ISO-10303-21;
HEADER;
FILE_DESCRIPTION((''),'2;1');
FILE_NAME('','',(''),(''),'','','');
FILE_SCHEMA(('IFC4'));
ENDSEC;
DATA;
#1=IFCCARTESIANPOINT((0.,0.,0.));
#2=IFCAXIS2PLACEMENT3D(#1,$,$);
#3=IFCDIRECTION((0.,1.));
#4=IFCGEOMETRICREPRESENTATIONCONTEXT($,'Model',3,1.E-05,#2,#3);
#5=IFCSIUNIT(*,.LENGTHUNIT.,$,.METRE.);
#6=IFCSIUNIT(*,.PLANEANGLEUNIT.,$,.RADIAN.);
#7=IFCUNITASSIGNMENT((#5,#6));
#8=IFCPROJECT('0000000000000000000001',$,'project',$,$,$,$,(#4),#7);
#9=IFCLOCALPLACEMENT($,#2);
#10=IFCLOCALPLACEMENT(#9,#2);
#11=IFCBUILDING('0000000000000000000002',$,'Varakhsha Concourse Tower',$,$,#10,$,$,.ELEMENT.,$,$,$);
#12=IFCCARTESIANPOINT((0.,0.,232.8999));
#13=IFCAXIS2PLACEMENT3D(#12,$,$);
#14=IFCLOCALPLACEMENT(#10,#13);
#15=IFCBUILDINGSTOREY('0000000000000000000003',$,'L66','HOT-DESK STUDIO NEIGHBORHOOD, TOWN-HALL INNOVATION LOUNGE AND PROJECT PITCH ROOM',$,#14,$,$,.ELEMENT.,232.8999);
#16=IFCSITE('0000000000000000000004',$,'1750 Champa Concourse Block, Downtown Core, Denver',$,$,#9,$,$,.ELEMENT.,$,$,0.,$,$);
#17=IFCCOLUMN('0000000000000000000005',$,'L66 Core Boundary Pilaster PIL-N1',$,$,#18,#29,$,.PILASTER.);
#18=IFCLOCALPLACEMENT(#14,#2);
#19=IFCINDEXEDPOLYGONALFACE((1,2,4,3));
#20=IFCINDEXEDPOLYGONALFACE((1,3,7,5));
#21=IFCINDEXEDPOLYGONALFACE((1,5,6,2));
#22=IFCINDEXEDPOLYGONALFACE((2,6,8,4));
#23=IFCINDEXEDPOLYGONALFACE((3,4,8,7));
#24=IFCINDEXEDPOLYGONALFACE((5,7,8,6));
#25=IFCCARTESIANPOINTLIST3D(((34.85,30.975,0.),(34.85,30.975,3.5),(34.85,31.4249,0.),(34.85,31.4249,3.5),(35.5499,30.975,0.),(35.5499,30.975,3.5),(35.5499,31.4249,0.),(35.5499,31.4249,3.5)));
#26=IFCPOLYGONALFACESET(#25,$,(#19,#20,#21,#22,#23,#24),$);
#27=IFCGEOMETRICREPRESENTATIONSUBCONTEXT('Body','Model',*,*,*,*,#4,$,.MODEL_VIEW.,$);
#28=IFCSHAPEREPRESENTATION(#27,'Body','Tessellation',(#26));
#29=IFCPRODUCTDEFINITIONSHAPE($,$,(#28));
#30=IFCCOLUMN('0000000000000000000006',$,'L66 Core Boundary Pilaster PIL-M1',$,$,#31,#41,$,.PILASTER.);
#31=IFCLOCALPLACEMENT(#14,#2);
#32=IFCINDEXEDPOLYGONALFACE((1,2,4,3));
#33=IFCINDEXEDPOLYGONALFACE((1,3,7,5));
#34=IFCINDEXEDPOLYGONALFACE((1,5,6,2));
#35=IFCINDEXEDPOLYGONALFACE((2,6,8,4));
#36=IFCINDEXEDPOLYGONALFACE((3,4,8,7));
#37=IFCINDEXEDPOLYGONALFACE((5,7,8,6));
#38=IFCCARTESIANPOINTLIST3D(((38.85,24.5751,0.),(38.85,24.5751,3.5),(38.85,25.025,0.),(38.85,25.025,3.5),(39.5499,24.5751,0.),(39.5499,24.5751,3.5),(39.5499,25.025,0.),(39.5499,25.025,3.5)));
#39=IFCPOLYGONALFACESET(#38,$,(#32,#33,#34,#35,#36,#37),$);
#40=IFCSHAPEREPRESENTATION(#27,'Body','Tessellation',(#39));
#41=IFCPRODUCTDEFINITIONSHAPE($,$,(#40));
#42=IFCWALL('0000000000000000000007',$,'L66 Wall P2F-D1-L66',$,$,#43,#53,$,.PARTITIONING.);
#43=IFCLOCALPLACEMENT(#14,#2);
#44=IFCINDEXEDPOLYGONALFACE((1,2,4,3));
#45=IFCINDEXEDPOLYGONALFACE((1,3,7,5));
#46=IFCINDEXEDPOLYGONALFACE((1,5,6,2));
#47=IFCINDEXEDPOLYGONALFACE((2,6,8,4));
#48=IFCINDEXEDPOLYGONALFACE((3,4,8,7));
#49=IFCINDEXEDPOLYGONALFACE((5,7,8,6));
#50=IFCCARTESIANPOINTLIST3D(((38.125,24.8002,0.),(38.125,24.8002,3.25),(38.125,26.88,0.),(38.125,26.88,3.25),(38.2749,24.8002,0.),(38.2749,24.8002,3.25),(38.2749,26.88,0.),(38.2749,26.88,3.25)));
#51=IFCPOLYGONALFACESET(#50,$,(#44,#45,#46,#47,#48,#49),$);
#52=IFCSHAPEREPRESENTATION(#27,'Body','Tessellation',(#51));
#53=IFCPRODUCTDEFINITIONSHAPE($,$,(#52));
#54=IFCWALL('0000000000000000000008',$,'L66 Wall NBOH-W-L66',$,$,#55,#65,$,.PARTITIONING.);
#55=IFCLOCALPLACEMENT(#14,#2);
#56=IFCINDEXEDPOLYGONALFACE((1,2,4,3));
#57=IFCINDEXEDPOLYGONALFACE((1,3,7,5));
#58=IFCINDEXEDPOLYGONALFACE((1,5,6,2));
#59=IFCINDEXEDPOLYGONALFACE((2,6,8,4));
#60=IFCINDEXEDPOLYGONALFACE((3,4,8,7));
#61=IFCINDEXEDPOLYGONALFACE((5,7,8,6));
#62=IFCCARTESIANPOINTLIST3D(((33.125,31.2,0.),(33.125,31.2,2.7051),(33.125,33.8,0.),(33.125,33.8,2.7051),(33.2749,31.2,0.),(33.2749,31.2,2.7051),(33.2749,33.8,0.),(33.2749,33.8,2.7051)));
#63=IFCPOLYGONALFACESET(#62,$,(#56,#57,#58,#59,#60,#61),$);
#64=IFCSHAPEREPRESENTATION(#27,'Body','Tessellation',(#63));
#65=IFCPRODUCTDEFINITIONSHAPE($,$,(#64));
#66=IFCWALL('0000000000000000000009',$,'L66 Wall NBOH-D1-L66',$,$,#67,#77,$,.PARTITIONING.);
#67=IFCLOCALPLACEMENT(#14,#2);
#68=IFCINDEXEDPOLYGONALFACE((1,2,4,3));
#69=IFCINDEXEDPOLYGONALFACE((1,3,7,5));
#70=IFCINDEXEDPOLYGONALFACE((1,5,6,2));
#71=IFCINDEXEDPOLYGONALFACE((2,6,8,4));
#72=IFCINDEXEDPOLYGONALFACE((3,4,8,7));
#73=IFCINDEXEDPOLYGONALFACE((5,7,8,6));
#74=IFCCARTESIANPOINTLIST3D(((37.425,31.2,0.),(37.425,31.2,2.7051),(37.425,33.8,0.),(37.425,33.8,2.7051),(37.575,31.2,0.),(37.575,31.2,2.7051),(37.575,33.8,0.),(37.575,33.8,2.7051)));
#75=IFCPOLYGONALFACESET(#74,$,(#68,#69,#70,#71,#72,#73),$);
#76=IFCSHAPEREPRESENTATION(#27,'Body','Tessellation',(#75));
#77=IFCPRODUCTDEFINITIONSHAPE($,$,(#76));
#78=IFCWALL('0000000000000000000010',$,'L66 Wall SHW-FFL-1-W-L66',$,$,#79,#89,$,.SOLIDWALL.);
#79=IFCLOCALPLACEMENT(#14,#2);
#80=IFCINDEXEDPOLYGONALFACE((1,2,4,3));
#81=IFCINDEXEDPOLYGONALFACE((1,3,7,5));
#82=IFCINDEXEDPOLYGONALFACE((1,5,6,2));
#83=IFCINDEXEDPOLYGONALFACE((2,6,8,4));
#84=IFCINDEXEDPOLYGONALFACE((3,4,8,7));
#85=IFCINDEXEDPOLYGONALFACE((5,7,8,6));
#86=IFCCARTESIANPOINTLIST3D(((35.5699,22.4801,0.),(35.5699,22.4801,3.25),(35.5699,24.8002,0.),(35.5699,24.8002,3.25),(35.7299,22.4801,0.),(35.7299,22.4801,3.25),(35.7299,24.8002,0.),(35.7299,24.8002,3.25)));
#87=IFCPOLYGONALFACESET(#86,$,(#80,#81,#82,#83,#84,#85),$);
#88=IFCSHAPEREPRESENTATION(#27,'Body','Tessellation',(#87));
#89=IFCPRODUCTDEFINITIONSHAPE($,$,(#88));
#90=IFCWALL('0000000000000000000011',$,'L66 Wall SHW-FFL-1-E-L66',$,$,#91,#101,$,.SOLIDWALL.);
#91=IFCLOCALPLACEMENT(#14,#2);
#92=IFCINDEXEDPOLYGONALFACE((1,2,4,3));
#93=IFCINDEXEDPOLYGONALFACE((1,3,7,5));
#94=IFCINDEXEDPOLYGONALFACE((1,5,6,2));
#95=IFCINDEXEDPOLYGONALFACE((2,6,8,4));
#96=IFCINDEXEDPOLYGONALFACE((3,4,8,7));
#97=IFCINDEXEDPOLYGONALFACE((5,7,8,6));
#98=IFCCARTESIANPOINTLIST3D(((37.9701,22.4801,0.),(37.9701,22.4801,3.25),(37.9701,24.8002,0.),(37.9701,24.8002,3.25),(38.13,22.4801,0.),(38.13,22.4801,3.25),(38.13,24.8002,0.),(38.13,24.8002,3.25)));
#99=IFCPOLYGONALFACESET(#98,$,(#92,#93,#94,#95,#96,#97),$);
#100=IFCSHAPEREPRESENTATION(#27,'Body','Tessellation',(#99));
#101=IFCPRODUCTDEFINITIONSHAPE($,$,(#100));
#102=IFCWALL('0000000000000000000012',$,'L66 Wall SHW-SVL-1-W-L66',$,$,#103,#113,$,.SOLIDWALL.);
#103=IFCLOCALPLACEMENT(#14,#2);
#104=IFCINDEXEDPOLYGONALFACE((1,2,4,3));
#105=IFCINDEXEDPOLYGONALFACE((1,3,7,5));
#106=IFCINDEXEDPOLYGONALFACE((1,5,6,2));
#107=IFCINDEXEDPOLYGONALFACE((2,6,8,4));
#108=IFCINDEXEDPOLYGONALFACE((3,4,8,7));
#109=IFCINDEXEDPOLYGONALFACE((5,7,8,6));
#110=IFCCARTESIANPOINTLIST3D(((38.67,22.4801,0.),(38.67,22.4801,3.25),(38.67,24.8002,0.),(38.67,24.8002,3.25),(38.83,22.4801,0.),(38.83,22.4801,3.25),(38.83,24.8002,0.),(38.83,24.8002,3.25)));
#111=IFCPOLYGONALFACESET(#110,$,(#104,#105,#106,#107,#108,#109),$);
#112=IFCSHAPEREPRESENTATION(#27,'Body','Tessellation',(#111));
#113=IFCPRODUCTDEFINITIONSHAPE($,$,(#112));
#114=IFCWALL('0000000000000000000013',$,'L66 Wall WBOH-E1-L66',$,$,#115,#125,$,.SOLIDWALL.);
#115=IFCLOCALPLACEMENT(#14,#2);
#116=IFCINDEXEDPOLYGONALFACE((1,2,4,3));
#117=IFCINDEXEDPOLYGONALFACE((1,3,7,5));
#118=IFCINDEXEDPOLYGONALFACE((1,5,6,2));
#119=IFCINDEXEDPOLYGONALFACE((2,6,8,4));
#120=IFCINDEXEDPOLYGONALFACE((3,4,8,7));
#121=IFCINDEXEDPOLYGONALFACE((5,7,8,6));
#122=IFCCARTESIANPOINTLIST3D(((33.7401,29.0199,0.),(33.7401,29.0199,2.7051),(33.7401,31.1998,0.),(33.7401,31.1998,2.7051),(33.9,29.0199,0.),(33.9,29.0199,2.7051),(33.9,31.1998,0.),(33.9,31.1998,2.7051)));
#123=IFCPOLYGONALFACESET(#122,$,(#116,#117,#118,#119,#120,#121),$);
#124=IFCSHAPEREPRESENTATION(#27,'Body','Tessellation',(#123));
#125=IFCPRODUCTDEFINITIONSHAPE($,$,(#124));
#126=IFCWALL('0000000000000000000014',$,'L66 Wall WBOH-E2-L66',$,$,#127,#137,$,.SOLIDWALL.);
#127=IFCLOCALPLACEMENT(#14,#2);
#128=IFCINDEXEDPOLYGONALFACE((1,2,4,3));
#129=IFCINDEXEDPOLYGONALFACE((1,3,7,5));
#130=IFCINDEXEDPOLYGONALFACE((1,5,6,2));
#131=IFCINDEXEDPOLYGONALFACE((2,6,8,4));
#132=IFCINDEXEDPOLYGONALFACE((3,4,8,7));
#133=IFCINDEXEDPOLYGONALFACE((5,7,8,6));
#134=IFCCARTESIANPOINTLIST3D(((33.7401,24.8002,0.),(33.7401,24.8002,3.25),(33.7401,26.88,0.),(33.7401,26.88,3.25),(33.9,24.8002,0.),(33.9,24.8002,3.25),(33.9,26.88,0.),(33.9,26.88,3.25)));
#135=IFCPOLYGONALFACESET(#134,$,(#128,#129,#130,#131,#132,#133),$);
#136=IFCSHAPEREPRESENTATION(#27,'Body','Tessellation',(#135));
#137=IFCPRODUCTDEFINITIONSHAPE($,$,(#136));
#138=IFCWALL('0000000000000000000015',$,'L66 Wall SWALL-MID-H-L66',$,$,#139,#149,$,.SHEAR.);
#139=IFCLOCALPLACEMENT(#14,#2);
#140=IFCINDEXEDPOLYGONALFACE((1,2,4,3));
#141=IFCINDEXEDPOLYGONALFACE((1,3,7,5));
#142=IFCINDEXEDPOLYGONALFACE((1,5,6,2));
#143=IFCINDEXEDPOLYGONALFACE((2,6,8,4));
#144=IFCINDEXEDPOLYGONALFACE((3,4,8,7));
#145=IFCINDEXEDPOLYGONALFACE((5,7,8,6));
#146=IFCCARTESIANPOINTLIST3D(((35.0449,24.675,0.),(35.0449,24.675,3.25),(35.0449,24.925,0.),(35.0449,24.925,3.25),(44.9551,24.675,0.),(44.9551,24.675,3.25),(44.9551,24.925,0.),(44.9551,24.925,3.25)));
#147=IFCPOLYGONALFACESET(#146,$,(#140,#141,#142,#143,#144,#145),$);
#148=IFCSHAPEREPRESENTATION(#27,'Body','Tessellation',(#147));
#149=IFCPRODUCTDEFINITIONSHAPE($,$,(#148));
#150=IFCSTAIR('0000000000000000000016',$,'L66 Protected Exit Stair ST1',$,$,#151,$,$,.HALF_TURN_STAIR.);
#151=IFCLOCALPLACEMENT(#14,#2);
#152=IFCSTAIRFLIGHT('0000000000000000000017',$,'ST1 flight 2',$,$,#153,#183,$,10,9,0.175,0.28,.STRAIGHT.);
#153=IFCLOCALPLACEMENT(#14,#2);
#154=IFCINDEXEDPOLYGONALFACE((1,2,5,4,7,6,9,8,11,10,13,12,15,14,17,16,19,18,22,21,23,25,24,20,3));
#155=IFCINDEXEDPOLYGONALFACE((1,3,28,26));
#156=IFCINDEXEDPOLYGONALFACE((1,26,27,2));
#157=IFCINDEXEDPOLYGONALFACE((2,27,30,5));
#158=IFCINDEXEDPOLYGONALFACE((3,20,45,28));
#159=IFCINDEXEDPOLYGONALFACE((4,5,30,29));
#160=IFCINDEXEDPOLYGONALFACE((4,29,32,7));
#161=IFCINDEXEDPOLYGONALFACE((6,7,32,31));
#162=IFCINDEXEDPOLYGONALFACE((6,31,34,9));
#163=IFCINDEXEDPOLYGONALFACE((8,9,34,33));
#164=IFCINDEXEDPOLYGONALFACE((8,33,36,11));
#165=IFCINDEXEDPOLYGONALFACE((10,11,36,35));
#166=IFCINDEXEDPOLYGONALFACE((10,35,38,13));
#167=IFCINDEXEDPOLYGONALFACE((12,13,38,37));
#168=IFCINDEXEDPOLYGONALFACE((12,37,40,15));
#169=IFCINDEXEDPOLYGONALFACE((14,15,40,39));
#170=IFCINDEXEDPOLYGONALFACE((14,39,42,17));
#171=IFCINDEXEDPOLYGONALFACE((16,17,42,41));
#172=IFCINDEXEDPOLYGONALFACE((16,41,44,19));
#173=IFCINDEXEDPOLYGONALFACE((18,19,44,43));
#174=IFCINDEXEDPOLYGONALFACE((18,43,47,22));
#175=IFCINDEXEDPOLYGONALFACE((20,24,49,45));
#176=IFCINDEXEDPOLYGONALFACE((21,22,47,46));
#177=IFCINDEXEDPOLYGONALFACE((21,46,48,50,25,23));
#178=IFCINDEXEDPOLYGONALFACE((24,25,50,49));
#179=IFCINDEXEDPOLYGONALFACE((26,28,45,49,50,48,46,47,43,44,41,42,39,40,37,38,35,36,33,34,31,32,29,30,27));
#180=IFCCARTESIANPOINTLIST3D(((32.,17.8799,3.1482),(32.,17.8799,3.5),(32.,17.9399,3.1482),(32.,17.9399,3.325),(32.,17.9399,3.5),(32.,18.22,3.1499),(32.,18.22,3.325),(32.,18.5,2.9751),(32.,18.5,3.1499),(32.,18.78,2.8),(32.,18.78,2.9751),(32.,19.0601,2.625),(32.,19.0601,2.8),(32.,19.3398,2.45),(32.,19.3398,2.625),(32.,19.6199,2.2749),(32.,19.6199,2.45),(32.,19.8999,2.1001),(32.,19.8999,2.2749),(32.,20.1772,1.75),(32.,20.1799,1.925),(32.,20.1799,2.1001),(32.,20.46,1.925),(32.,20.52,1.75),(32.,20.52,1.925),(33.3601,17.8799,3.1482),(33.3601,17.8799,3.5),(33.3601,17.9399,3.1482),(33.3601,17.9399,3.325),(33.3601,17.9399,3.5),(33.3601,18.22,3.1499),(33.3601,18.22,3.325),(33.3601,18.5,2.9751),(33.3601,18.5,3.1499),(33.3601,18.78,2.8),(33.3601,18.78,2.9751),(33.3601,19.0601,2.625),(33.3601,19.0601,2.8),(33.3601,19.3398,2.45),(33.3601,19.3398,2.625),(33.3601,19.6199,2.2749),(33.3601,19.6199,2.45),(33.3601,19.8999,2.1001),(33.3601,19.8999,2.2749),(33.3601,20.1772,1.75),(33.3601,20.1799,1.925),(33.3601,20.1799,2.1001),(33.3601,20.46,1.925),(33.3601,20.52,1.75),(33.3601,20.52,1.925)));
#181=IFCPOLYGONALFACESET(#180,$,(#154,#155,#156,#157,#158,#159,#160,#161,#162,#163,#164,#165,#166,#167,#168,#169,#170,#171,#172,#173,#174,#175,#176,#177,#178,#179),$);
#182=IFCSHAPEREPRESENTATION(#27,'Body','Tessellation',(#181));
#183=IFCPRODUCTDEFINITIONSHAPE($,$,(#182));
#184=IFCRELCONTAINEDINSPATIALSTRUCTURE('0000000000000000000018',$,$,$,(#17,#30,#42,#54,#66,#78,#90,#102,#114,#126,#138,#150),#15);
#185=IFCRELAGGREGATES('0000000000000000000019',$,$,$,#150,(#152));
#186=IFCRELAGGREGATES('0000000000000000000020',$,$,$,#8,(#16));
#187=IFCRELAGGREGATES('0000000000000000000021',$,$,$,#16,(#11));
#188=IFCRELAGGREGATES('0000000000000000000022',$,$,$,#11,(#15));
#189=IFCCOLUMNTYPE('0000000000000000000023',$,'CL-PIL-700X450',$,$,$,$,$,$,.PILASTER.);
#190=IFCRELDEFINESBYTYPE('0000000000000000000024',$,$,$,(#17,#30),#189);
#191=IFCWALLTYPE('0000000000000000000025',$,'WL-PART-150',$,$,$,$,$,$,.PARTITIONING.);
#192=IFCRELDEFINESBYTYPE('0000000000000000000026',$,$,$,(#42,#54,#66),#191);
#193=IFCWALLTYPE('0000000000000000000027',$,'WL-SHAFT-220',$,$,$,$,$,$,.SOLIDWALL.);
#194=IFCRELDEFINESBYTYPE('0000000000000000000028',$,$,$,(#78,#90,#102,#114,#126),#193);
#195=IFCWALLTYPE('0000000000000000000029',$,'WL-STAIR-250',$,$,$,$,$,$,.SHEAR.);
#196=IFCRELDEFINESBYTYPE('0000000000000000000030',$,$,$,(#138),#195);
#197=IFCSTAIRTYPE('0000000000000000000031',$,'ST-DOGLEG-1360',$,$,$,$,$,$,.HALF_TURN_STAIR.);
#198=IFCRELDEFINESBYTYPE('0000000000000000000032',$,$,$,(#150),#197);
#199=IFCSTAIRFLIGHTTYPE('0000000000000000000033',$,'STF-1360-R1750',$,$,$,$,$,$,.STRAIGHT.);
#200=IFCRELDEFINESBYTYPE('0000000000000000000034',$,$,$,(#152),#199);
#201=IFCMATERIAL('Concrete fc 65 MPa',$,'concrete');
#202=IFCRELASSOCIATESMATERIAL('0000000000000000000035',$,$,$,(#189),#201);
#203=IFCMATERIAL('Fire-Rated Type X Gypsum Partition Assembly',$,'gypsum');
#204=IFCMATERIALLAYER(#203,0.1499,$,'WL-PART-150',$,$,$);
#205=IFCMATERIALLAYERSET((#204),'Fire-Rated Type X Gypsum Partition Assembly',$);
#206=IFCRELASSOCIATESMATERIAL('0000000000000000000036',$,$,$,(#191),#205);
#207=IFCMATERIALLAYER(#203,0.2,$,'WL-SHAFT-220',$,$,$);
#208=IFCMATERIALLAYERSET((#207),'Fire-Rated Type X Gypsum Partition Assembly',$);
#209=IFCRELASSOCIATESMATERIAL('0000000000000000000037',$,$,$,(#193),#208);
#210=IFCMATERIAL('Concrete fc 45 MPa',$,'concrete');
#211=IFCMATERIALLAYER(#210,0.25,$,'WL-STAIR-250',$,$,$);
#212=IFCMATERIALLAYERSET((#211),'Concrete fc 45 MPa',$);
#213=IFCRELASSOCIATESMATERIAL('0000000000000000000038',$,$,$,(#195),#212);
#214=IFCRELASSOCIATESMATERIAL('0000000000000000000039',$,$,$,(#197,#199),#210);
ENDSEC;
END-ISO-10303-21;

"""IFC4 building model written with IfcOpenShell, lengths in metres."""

from ifc_helpers import new_model, si_unit, direction, frame, frame_2d, origin, origin_2d, place, context, subcontext, project, spatial, polyline, rectangle, outline, extrude, material, layer, layer_set, material_profile, profile_set, type_object, element, aggregate, save


model = new_model("IFC4")

# Units and contexts
model_context = context("Model", 3, precision=1e-05, world=origin(), true_north=direction((0.0, 1.0)))
body_context = subcontext(model_context, "Body", "Model", "MODEL_VIEW")
ifc_project = project(units=[si_unit("LENGTHUNIT", "METRE"), si_unit("PLANEANGLEUNIT", "RADIAN")], contexts=[model_context])

# Site, building, storey
site_placement = place(None, origin())
site = spatial("IfcSite", under=ifc_project, at=site_placement, Name="1750 Champa Concourse Block, Downtown Core, Denver", CompositionType="ELEMENT", RefElevation=0.0)
building_placement = place(site_placement, origin())
building = spatial("IfcBuilding", under=site, at=building_placement, Name="Varakhsha Concourse Tower", CompositionType="ELEMENT")
storey_placement = place(building_placement, frame((0.0, 0.0, 232.8999)))
storey = spatial("IfcBuildingStorey", under=building, at=storey_placement, Name="L66", Description="HOT-DESK STUDIO NEIGHBORHOOD, TOWN-HALL INNOVATION LOUNGE AND PROJECT PITCH ROOM", CompositionType="ELEMENT", Elevation=232.8999)

# Columns
ifc_material_1 = material(Name="Concrete fc 65 MPa", Category="concrete")
ifc_material_profile = material_profile(ifc_material_1, rectangle(XDim=0.7, YDim=0.45, at=origin_2d()), Name="RC 700x450")
ifc_profile_set = profile_set([ifc_material_profile], Name="Concrete fc 65 MPa")
column_type = type_object("IfcColumnType", Name="CL-PIL-700X450", PredefinedType="PILASTER", material=ifc_profile_set)
for number, where, z_axis, x_axis, name in (
    (1, (35.2, 31.2, 0.0), (0.0, 0.0, 1.0), (1.0, 0.0, 0.0), "L66 Core Boundary Pilaster PIL-N1"),
    (2, (39.2, 24.8, 0.0), (0.0, 0.0, 1.0), (1.0, 0.0, 0.0), "L66 Core Boundary Pilaster PIL-M1"),
):
    element("IfcColumn", number, at=place(storey_placement, frame(where, z_axis=z_axis, x_axis=x_axis)), inside=storey, type_object=column_type, Name=name, PredefinedType="PILASTER", context=body_context, shape_type="SweptSolid", body=[
        extrude(rectangle(XDim=0.7, YDim=0.45, at=origin_2d()), origin(), (0.0, 0.0, 1.0), 3.5),
    ])

# Walls
ifc_material_2 = material(Name="Fire-Rated Type X Gypsum Partition Assembly", Category="gypsum")
ifc_layer_1 = layer(ifc_material_2, 0.1499, Name="WL-PART-150")
ifc_layer_set_1 = layer_set([ifc_layer_1], Name="Fire-Rated Type X Gypsum Partition Assembly")
wall_type_1 = type_object("IfcWallType", Name="WL-PART-150", PredefinedType="PARTITIONING", material=ifc_layer_set_1)
wall_1_placement = place(storey_placement, frame((38.2, 24.8, 0.0), z_axis=(0.0, 0.0, 1.0), x_axis=(0.0, 1.0, 0.0)))
element("IfcWall", 3, at=wall_1_placement, inside=storey, type_object=wall_type_1, Name="L66 Wall P2F-D1-L66", PredefinedType="PARTITIONING", context=body_context, shape_type="SweptSolid", body=[
    extrude(rectangle(XDim=2.0798, YDim=0.1499, at=frame_2d((1.04, 0.0))), origin(), (0.0, 0.0, 1.0), 3.25),
])
for number, where, z_axis, x_axis, name in (
    (4, (33.2, 31.2, 0.0), (0.0, 0.0, 1.0), (0.0, 1.0, 0.0), "L66 Wall NBOH-W-L66"),
    (5, (37.5, 31.2, 0.0), (0.0, 0.0, 1.0), (0.0, 1.0, 0.0), "L66 Wall NBOH-D1-L66"),
):
    element("IfcWall", number, at=place(storey_placement, frame(where, z_axis=z_axis, x_axis=x_axis)), inside=storey, type_object=wall_type_1, Name=name, PredefinedType="PARTITIONING", context=body_context, shape_type="SweptSolid", body=[
        extrude(rectangle(XDim=2.6001, YDim=0.1499, at=frame_2d((1.3, 0.0))), origin(), (0.0, 0.0, 1.0), 2.7051),
    ])

# Shared definitions
ifc_layer_2 = layer(ifc_material_2, 0.2, Name="WL-SHAFT-220")
ifc_layer_set_2 = layer_set([ifc_layer_2], Name="Fire-Rated Type X Gypsum Partition Assembly")
wall_type_2 = type_object("IfcWallType", Name="WL-SHAFT-220", PredefinedType="SOLIDWALL", material=ifc_layer_set_2)

# Walls
for number, where, z_axis, x_axis, name in (
    (6, (35.6499, 22.48, 0.0), (0.0, 0.0, 1.0), (0.0, 1.0, 0.0), "L66 Wall SHW-FFL-1-W-L66"),
    (7, (38.05, 22.48, 0.0), (0.0, 0.0, 1.0), (0.0, 1.0, 0.0), "L66 Wall SHW-FFL-1-E-L66"),
    (8, (38.75, 22.48, 0.0), (0.0, 0.0, 1.0), (0.0, 1.0, 0.0), "L66 Wall SHW-SVL-1-W-L66"),
):
    element("IfcWall", number, at=place(storey_placement, frame(where, z_axis=z_axis, x_axis=x_axis)), inside=storey, type_object=wall_type_2, Name=name, PredefinedType="SOLIDWALL", context=body_context, shape_type="SweptSolid", body=[
        extrude(rectangle(XDim=2.3201, YDim=0.1599, at=frame_2d((1.1602, 0.0))), origin(), (0.0, 0.0, 1.0), 3.25),
    ])

# Walls
wall_2_placement = place(storey_placement, frame((33.8201, 29.02, 0.0), z_axis=(0.0, 0.0, 1.0), x_axis=(0.0, 1.0, 0.0)))
element("IfcWall", 9, at=wall_2_placement, inside=storey, type_object=wall_type_2, Name="L66 Wall WBOH-E1-L66", PredefinedType="SOLIDWALL", context=body_context, shape_type="SweptSolid", body=[
    extrude(rectangle(XDim=2.1799, YDim=0.1599, at=frame_2d((1.0898, 0.0))), origin(), (0.0, 0.0, 1.0), 2.7051),
])
wall_3_placement = place(storey_placement, frame((33.8201, 24.8, 0.0), z_axis=(0.0, 0.0, 1.0), x_axis=(0.0, 1.0, 0.0)))
element("IfcWall", 10, at=wall_3_placement, inside=storey, type_object=wall_type_2, Name="L66 Wall WBOH-E2-L66", PredefinedType="SOLIDWALL", context=body_context, shape_type="SweptSolid", body=[
    extrude(rectangle(XDim=2.0798, YDim=0.1599, at=frame_2d((1.04, 0.0))), origin(), (0.0, 0.0, 1.0), 3.25),
])
ifc_material_3 = material(Name="Concrete fc 45 MPa", Category="concrete")
ifc_layer_3 = layer(ifc_material_3, 0.25, Name="WL-STAIR-250")
ifc_layer_set_3 = layer_set([ifc_layer_3], Name="Concrete fc 45 MPa")
wall_type_3 = type_object("IfcWallType", Name="WL-STAIR-250", PredefinedType="SHEAR", material=ifc_layer_set_3)
wall_4_placement = place(storey_placement, frame((35.0449, 24.8, 0.0), z_axis=(0.0, 0.0, 1.0), x_axis=(1.0, 0.0, 0.0)))
element("IfcWall", 11, at=wall_4_placement, inside=storey, type_object=wall_type_3, Name="L66 Wall SWALL-MID-H-L66", PredefinedType="SHEAR", context=body_context, shape_type="SweptSolid", body=[
    extrude(rectangle(XDim=9.9102, YDim=0.25, at=frame_2d((4.9551, 0.0))), origin(), (0.0, 0.0, 1.0), 3.25),
])

# Stair, stair flight
stair_type = type_object("IfcStairType", Name="ST-DOGLEG-1360", PredefinedType="HALF_TURN_STAIR", material=ifc_material_3)
stair_placement = place(storey_placement, origin())
stair = element("IfcStair", 12, at=stair_placement, inside=storey, type_object=stair_type, Name="L66 Protected Exit Stair ST1", PredefinedType="HALF_TURN_STAIR")
stair_flight_type = type_object("IfcStairFlightType", Name="STF-1360-R1750", PredefinedType="STRAIGHT", material=ifc_material_3)
stair_flight_placement = place(storey_placement, frame((32.6799, 20.46, 1.75), z_axis=(0.0, 0.0, 1.0), x_axis=(0.0, -1.0, 0.0)))
stair_flight = element("IfcStairFlight", 13, at=stair_flight_placement, type_object=stair_flight_type, Name="ST1 flight 2", NumberOfRisers=10, NumberOfTreads=9, PredefinedType="STRAIGHT", RiserHeight=0.175, TreadLength=0.28, context=body_context, shape_type="SweptSolid", body=[
    extrude(outline(polyline([(-0.0601, 0.0), (-0.0601, 0.175), (0.0, 0.175), (0.28, 0.175), (0.28, 0.3501), (0.5601, 0.3501), (0.5601, 0.5249), (0.8401, 0.5249), (0.8401, 0.7), (1.1201, 0.7), (1.1201, 0.875), (1.3999, 0.875), (1.3999, 1.05), (1.6799, 1.05), (1.6799, 1.2251), (1.96, 1.2251), (1.96, 1.3999), (2.24, 1.3999), (2.24, 1.575), (2.52, 1.575), (2.52, 1.75), (2.5801, 1.75), (2.5801, 1.3982), (2.52, 1.3982), (0.2827, 0.0), (-0.0601, 0.0)])), frame((0.0, 0.6802, 0.0), z_axis=(0.0, -1.0, 0.0), x_axis=(1.0, 0.0, 0.0)), (0.0, 0.0, 1.0), 1.3601),
])
aggregate(stair, [stair_flight])

save(model, "model.ifc")
